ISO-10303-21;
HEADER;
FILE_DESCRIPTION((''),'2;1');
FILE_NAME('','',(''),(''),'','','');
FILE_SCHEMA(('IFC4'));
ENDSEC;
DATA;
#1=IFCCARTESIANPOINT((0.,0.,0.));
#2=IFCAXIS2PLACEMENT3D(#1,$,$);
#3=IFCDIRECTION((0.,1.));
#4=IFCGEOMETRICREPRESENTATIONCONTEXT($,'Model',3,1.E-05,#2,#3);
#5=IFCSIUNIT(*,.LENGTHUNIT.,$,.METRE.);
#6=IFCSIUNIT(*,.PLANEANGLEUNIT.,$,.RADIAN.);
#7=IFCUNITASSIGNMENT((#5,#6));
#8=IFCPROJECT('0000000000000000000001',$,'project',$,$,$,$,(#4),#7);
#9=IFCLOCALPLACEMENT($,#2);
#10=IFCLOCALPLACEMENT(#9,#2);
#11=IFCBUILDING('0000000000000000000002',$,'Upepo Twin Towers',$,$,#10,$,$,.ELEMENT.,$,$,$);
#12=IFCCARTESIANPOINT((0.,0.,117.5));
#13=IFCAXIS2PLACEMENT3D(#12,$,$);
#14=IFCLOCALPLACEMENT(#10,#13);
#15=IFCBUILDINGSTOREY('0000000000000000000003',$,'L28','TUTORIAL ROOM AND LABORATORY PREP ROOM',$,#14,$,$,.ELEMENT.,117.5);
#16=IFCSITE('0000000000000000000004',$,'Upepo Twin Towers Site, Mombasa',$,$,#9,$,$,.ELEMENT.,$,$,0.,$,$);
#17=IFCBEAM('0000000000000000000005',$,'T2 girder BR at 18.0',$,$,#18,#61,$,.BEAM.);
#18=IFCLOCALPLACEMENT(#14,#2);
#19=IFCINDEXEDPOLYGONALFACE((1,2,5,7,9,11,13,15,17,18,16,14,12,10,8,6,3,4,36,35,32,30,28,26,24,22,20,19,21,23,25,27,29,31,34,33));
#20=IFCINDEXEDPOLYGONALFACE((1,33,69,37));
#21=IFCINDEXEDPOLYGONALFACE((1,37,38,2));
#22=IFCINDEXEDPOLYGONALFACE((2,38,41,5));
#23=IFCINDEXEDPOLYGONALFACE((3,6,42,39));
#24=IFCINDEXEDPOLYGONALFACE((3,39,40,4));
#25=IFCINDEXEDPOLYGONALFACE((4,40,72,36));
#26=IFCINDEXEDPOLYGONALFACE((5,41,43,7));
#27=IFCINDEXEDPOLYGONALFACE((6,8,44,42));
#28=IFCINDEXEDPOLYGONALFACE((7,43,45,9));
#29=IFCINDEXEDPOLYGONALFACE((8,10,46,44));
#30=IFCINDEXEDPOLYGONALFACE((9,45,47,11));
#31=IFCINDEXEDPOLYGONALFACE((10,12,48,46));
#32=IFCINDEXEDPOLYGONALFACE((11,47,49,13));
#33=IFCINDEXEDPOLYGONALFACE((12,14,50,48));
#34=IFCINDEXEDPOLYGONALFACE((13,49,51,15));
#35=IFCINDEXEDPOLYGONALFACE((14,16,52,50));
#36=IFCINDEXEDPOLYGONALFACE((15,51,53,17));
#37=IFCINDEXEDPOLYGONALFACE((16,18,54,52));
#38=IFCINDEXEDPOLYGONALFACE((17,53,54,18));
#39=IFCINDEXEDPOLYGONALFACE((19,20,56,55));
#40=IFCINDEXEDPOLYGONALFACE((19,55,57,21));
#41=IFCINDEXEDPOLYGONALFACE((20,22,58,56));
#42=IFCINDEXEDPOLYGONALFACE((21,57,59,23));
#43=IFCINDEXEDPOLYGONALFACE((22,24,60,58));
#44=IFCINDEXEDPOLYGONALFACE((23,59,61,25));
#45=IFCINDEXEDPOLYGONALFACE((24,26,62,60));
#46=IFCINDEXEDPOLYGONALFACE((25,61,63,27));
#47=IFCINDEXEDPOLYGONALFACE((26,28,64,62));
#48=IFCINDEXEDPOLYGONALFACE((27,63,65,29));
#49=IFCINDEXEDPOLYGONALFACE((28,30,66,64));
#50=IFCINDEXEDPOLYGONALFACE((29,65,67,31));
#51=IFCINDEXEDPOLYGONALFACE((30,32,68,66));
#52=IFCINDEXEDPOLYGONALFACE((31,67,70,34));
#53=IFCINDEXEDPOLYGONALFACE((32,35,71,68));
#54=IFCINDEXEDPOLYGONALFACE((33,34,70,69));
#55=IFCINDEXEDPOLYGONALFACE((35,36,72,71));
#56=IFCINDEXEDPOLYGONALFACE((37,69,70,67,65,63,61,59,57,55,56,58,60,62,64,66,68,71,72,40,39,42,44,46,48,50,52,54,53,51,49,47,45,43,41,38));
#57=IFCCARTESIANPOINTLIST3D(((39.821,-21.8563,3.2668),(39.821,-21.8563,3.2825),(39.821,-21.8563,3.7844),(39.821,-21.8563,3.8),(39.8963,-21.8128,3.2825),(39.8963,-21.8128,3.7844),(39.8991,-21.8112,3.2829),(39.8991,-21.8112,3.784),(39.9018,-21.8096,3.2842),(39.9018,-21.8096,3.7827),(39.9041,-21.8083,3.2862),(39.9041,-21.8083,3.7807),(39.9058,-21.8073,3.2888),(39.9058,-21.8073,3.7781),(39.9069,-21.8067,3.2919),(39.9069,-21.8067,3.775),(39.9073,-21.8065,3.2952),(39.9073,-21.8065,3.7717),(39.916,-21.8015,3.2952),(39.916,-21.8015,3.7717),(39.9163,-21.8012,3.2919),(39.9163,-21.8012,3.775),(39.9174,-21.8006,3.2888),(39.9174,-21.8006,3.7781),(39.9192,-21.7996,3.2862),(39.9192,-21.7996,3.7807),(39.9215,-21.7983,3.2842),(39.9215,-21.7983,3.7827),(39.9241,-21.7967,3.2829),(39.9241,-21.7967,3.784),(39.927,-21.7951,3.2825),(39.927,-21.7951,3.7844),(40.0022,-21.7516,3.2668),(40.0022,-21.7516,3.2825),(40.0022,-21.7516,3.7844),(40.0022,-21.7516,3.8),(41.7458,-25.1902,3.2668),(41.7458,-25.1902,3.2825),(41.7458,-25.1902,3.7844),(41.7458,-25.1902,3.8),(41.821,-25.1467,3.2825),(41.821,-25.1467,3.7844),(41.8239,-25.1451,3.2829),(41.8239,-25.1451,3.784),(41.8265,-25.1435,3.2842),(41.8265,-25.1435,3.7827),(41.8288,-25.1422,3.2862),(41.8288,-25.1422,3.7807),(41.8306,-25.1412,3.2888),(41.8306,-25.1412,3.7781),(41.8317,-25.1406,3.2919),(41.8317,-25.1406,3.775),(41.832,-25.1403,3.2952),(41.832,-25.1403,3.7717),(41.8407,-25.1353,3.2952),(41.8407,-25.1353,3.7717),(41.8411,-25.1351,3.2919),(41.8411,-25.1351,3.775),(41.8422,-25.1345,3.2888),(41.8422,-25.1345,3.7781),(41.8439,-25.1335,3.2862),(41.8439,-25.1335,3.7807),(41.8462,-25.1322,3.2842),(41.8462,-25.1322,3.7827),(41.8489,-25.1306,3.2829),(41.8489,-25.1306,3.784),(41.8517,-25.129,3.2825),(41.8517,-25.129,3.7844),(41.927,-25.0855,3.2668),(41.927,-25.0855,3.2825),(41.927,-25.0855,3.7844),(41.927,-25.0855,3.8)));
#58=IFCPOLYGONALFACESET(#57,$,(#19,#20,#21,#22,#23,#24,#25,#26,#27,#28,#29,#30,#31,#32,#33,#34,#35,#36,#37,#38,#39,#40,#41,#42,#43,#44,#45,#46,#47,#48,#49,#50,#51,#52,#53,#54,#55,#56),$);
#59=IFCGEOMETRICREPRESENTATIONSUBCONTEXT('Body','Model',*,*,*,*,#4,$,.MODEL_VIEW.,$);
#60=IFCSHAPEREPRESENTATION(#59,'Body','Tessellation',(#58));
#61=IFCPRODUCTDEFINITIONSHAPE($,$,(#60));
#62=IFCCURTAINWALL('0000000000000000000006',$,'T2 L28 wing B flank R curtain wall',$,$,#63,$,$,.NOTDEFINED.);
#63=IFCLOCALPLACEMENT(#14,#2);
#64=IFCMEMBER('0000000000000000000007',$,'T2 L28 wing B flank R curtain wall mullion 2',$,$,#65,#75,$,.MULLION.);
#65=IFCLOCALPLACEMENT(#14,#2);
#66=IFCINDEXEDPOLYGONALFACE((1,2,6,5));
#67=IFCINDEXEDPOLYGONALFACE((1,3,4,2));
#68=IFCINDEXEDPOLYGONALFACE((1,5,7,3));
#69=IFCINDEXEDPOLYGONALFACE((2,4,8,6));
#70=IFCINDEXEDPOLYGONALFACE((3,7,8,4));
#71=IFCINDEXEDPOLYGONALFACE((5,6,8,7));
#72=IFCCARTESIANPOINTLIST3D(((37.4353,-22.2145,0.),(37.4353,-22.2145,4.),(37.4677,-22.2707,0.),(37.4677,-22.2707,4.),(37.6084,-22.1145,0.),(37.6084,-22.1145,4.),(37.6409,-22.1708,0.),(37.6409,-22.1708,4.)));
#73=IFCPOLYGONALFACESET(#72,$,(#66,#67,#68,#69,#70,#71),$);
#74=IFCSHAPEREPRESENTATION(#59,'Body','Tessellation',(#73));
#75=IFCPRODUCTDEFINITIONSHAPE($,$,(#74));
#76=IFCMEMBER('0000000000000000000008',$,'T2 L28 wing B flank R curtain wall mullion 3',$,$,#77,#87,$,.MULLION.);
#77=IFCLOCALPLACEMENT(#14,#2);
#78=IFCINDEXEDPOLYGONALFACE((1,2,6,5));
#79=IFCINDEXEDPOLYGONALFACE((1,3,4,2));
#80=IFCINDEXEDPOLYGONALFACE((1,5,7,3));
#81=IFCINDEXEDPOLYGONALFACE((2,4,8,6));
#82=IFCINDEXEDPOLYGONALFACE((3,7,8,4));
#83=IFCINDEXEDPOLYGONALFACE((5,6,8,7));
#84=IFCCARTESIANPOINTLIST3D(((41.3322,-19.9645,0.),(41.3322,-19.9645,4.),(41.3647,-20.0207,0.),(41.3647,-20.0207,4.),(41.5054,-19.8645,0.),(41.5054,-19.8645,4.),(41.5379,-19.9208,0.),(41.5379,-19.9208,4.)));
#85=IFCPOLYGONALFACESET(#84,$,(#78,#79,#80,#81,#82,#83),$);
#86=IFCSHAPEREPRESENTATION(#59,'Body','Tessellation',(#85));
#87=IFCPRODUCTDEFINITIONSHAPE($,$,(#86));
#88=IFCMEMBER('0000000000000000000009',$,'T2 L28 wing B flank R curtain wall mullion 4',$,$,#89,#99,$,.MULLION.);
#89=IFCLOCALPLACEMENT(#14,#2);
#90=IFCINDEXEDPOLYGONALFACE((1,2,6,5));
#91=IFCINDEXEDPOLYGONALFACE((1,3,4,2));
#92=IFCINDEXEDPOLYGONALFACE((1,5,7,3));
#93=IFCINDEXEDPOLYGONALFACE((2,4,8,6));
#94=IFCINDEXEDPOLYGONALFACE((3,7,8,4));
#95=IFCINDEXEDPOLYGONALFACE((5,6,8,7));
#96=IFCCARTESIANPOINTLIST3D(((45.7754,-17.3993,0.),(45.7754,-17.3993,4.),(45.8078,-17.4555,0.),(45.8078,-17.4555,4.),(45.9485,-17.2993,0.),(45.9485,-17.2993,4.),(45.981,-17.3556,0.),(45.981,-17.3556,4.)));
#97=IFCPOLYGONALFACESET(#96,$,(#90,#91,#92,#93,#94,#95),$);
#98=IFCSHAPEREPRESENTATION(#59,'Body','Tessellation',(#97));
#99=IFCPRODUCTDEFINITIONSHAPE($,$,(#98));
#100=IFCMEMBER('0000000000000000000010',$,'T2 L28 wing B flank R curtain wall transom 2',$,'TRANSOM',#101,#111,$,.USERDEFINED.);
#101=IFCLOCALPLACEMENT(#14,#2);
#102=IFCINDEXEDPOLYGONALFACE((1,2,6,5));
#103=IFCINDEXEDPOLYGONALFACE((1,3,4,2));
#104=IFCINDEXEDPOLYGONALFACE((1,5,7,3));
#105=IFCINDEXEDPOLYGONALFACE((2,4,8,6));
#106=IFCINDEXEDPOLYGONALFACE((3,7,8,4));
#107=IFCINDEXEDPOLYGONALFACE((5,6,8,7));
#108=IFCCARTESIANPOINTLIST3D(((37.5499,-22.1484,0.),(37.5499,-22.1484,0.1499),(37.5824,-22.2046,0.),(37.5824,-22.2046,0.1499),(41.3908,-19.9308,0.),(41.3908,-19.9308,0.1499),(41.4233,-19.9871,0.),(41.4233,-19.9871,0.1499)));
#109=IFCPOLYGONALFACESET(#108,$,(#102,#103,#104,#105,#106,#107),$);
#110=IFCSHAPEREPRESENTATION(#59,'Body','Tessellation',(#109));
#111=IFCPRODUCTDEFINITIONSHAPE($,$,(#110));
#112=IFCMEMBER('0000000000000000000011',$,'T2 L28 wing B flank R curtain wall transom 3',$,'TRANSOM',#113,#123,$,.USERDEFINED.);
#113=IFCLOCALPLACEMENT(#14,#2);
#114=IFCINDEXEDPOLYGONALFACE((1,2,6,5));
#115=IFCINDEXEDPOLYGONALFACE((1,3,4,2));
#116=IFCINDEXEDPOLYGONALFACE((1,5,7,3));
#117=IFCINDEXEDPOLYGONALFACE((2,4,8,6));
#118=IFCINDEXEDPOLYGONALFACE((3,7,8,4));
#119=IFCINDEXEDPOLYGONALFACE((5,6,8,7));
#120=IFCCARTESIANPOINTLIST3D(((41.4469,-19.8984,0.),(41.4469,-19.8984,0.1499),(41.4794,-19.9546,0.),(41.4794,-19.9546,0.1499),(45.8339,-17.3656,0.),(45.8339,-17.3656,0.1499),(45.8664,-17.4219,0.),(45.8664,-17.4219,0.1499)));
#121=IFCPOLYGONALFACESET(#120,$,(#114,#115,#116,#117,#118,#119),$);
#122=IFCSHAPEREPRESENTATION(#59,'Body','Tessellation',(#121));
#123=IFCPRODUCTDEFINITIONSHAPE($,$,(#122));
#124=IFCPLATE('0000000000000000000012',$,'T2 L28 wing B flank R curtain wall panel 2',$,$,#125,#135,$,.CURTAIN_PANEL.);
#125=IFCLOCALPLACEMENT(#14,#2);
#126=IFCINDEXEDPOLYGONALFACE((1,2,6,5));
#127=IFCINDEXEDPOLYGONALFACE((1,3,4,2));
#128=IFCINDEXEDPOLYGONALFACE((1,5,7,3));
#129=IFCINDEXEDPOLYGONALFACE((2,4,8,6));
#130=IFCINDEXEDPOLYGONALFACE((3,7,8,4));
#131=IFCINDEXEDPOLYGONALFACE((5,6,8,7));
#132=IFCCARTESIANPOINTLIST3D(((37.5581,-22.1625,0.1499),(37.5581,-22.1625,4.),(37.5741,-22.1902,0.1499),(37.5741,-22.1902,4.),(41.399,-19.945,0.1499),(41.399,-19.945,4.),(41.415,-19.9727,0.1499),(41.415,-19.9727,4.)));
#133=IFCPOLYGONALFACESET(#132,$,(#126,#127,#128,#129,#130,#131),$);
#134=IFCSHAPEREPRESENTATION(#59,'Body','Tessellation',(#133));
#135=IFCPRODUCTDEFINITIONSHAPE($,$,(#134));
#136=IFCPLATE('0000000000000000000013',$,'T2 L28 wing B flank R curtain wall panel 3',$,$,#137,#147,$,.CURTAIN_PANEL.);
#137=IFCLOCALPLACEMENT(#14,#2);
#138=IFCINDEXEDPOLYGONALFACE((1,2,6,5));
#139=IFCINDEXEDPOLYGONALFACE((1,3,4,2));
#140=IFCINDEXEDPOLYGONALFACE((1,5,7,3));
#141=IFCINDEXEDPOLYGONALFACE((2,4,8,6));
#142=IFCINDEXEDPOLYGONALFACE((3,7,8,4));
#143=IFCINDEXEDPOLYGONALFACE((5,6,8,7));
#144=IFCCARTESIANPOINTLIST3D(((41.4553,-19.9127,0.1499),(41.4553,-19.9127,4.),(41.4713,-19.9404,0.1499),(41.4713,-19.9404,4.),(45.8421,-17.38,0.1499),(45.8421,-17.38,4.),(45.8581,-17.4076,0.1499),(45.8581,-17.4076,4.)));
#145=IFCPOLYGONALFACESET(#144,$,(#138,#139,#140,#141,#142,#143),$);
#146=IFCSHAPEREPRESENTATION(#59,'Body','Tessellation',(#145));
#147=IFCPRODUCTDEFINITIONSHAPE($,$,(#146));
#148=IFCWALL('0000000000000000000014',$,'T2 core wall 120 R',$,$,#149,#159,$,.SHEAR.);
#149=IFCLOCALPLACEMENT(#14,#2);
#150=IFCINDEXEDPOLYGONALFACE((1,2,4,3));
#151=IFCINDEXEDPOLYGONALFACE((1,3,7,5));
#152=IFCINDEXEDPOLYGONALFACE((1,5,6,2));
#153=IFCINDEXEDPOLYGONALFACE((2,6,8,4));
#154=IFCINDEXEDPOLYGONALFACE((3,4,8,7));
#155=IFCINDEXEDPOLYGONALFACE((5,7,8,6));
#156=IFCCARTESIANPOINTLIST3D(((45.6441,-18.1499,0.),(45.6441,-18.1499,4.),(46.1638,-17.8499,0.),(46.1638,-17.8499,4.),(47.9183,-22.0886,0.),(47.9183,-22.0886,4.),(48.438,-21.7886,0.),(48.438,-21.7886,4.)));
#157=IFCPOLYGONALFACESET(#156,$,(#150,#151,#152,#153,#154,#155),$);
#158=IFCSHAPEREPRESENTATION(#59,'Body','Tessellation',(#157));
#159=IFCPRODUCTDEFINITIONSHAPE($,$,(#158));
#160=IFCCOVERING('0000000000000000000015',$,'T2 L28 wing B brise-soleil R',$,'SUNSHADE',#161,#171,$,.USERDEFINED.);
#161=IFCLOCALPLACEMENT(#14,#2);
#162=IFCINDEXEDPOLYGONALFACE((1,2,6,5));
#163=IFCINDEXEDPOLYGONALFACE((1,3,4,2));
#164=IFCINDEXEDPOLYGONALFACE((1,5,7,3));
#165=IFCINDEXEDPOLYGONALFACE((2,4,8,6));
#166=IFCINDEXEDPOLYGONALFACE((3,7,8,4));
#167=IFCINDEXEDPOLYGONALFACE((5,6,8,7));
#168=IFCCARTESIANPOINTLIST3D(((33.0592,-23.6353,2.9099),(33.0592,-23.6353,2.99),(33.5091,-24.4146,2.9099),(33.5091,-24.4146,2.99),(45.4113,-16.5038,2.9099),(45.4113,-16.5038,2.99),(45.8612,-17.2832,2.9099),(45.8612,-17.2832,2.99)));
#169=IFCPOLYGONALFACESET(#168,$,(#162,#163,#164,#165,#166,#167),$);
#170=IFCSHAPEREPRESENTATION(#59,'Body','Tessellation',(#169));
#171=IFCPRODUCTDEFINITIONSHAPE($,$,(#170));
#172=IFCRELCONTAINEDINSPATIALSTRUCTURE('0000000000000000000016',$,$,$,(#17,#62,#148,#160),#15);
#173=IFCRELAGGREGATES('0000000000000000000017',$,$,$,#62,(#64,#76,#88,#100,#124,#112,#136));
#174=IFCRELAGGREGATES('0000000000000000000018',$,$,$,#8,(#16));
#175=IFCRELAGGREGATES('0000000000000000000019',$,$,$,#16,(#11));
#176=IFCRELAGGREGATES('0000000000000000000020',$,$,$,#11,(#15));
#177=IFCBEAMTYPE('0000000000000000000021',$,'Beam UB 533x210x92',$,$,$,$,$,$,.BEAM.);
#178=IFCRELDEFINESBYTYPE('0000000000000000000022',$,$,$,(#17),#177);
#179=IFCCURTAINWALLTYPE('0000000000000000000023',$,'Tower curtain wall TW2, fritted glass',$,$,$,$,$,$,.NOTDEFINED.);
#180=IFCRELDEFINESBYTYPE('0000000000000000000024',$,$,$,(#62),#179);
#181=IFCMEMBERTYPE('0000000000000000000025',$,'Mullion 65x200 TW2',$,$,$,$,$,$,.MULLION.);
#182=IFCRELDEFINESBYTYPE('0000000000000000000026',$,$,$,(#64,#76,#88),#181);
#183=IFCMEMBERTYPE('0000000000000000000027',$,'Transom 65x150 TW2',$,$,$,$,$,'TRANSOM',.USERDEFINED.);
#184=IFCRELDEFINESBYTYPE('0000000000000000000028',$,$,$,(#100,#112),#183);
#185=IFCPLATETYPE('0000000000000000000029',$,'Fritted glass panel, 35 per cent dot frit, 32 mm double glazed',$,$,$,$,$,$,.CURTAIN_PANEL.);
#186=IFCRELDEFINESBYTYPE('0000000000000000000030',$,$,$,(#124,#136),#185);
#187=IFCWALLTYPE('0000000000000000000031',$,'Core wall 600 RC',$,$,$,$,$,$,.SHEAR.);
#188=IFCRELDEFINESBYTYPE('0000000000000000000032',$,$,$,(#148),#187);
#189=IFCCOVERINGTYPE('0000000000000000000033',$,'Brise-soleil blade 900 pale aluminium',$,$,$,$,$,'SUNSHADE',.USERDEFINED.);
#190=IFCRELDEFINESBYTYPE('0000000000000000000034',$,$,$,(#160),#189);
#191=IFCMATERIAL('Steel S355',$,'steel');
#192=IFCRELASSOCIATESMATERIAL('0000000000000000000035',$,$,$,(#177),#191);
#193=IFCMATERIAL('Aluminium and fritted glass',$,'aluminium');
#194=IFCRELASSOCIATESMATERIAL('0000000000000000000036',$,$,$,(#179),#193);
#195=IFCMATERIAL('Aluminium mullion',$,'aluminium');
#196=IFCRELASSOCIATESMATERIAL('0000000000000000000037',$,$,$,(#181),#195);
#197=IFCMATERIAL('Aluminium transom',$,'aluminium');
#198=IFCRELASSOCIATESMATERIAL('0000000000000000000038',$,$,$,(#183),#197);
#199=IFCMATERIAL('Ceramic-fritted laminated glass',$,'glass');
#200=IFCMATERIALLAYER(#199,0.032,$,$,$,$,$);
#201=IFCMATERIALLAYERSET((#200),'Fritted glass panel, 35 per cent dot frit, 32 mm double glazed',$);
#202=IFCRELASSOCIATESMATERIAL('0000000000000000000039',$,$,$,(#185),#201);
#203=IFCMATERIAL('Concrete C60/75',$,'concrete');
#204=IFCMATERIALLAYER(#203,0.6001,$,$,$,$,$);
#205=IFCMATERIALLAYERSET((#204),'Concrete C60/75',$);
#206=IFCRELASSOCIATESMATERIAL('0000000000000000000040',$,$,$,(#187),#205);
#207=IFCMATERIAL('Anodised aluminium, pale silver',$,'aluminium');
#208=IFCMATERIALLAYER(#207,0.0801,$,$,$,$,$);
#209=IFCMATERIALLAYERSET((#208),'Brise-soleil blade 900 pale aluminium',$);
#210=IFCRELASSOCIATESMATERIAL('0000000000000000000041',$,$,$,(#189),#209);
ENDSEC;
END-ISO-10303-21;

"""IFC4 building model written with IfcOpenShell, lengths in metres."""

from ifc_helpers import new_model, si_unit, direction, frame, frame_2d, origin, origin_2d, place, context, subcontext, project, spatial, rectangle, i_section, extrude, material, layer, layer_set, material_profile, profile_set, type_object, element, aggregate, save


model = new_model("IFC4")

# Units and contexts
model_context = context("Model", 3, precision=1e-05, world=origin(), true_north=direction((0.0, 1.0)))
body_context = subcontext(model_context, "Body", "Model", "MODEL_VIEW")
ifc_project = project(units=[si_unit("LENGTHUNIT", "METRE"), si_unit("PLANEANGLEUNIT", "RADIAN")], contexts=[model_context])

# Site, building, storey
site_placement = place(None, origin())
site = spatial("IfcSite", under=ifc_project, at=site_placement, Name="Upepo Twin Towers Site, Mombasa", CompositionType="ELEMENT", RefElevation=0.0)
building_placement = place(site_placement, origin())
building = spatial("IfcBuilding", under=site, at=building_placement, Name="Upepo Twin Towers", CompositionType="ELEMENT")
storey_placement = place(building_placement, frame((0.0, 0.0, 117.5)))
storey = spatial("IfcBuildingStorey", under=building, at=storey_placement, Name="L28", Description="TUTORIAL ROOM AND LABORATORY PREP ROOM", CompositionType="ELEMENT", Elevation=117.5)

# Beam
ifc_material_1 = material(Name="Steel S355", Category="steel")
ifc_material_profile_1 = material_profile(ifc_material_1, i_section(OverallWidth=0.2092, OverallDepth=0.5332, WebThickness=0.01, FlangeThickness=0.0156, FilletRadius=0.0127, at=origin_2d()), Name="UB 533x210x92")
ifc_profile_set_1 = profile_set([ifc_material_profile_1], Name="Steel S355")
beam_type_1 = type_object("IfcBeamType", Name="Beam UB 533x210x92", PredefinedType="BEAM", material=ifc_profile_set_1)
beam_1_placement = place(storey_placement, frame((39.9116, -21.804, 3.5334), z_axis=(0.499986, -0.866034, 0.0), x_axis=(0.866034, 0.499986, 0.0)))
element("IfcBeam", 1, at=beam_1_placement, inside=storey, type_object=beam_type_1, Name="T2 girder BR at 18.0", PredefinedType="BEAM", context=body_context, shape_type="SweptSolid", body=[
    extrude(i_section(OverallWidth=0.2092, OverallDepth=0.5332, WebThickness=0.01, FlangeThickness=0.0156, FilletRadius=0.0127, at=origin_2d()), origin(), (0.0, 0.0, 1.0), 3.8496),
])

# Curtain wall, members, plates
ifc_material_2 = material(Name="Aluminium and fritted glass", Category="aluminium")
curtain_wall_type = type_object("IfcCurtainWallType", Name="Tower curtain wall TW2, fritted glass", PredefinedType="NOTDEFINED", material=ifc_material_2)
curtain_wall_placement = place(storey_placement, origin())
curtain_wall = element("IfcCurtainWall", 2, at=curtain_wall_placement, inside=storey, type_object=curtain_wall_type, Name="T2 L28 wing B flank R curtain wall", PredefinedType="NOTDEFINED")
ifc_material_3 = material(Name="Aluminium mullion", Category="aluminium")
ifc_material_profile_2 = material_profile(ifc_material_3, rectangle(XDim=0.0649, YDim=0.2, at=origin_2d()), Name="MULLION 65x200")
ifc_profile_set_2 = profile_set([ifc_material_profile_2], Name="Aluminium mullion")
member_type_1 = type_object("IfcMemberType", Name="Mullion 65x200 TW2", PredefinedType="MULLION", material=ifc_profile_set_2)
member_1_placement = place(storey_placement, frame((37.5381, -22.1926, 0.0), z_axis=(0.0, 0.0, 1.0), x_axis=(-0.5, 0.866025, 0.0)))
member_1 = element("IfcMember", 3, at=member_1_placement, type_object=member_type_1, Name="T2 L28 wing B flank R curtain wall mullion 2", PredefinedType="MULLION", context=body_context, shape_type="SweptSolid", body=[
    extrude(rectangle(XDim=0.0649, YDim=0.2, at=origin_2d()), origin(), (0.0, 0.0, 1.0), 4.0),
])
member_2_placement = place(storey_placement, frame((41.4351, -19.9426, 0.0), z_axis=(0.0, 0.0, 1.0), x_axis=(-0.5, 0.866025, 0.0)))
member_2 = element("IfcMember", 4, at=member_2_placement, type_object=member_type_1, Name="T2 L28 wing B flank R curtain wall mullion 3", PredefinedType="MULLION", context=body_context, shape_type="SweptSolid", body=[
    extrude(rectangle(XDim=0.0649, YDim=0.2, at=origin_2d()), origin(), (0.0, 0.0, 1.0), 4.0),
])
member_3_placement = place(storey_placement, frame((45.8782, -17.3774, 0.0), z_axis=(0.0, 0.0, 1.0), x_axis=(-0.5, 0.866025, 0.0)))
member_3 = element("IfcMember", 5, at=member_3_placement, type_object=member_type_1, Name="T2 L28 wing B flank R curtain wall mullion 4", PredefinedType="MULLION", context=body_context, shape_type="SweptSolid", body=[
    extrude(rectangle(XDim=0.0649, YDim=0.2, at=origin_2d()), origin(), (0.0, 0.0, 1.0), 4.0),
])
ifc_material_4 = material(Name="Aluminium transom", Category="aluminium")
ifc_material_profile_3 = material_profile(ifc_material_4, rectangle(XDim=0.0649, YDim=0.1499, at=origin_2d()), Name="TRANSOM 65x150")
ifc_profile_set_3 = profile_set([ifc_material_profile_3], Name="Aluminium transom")
member_type_2 = type_object("IfcMemberType", Name="Transom 65x150 TW2", ElementType="TRANSOM", PredefinedType="USERDEFINED", material=ifc_profile_set_3)
member_4_placement = place(storey_placement, frame((37.5662, -22.1765, 0.075), z_axis=(0.866022, 0.500005, 0.0), x_axis=(-0.500005, 0.866022, 0.0)))
member_4 = element("IfcMember", 6, at=member_4_placement, type_object=member_type_2, Name="T2 L28 wing B flank R curtain wall transom 2", ObjectType="TRANSOM", PredefinedType="USERDEFINED", context=body_context, shape_type="SweptSolid", body=[
    extrude(rectangle(XDim=0.0649, YDim=0.1499, at=origin_2d()), origin(), (0.0, 0.0, 1.0), 4.4351),
])
member_5_placement = place(storey_placement, frame((41.4631, -19.9265, 0.075), z_axis=(0.866034, 0.499985, 0.0), x_axis=(-0.499985, 0.866034, 0.0)))
member_5 = element("IfcMember", 7, at=member_5_placement, type_object=member_type_2, Name="T2 L28 wing B flank R curtain wall transom 3", ObjectType="TRANSOM", PredefinedType="USERDEFINED", context=body_context, shape_type="SweptSolid", body=[
    extrude(rectangle(XDim=0.0649, YDim=0.1499, at=origin_2d()), origin(), (0.0, 0.0, 1.0), 5.0657),
])
ifc_material_5 = material(Name="Ceramic-fritted laminated glass", Category="glass")
ifc_layer_1 = layer(ifc_material_5, 0.032)
ifc_layer_set_1 = layer_set([ifc_layer_1], Name="Fritted glass panel, 35 per cent dot frit, 32 mm double glazed")
plate_type = type_object("IfcPlateType", Name="Fritted glass panel, 35 per cent dot frit, 32 mm double glazed", PredefinedType="CURTAIN_PANEL", material=ifc_layer_set_1)
plate_1_placement = place(storey_placement, frame((39.4866, -21.0676, 0.1499), z_axis=(0.0, 0.0, 1.0), x_axis=(0.866025, 0.5, 0.0)))
plate_1 = element("IfcPlate", 8, at=plate_1_placement, type_object=plate_type, Name="T2 L28 wing B flank R curtain wall panel 2", PredefinedType="CURTAIN_PANEL", context=body_context, shape_type="SweptSolid", body=[
    extrude(rectangle(XDim=4.4351, YDim=0.032, at=origin_2d()), origin(), (0.0, 0.0, 1.0), 3.8501),
])
plate_2_placement = place(storey_placement, frame((43.6567, -18.6602, 0.1499), z_axis=(0.0, 0.0, 1.0), x_axis=(0.866025, 0.5, 0.0)))
plate_2 = element("IfcPlate", 9, at=plate_2_placement, type_object=plate_type, Name="T2 L28 wing B flank R curtain wall panel 3", PredefinedType="CURTAIN_PANEL", context=body_context, shape_type="SweptSolid", body=[
    extrude(rectangle(XDim=5.0654, YDim=0.032, at=origin_2d()), origin(), (0.0, 0.0, 1.0), 3.8501),
])
aggregate(curtain_wall, [member_1, member_2, member_3, member_4, plate_1, member_5, plate_2])

# Wall
ifc_material_6 = material(Name="Concrete C60/75", Category="concrete")
ifc_layer_2 = layer(ifc_material_6, 0.6001)
ifc_layer_set_2 = layer_set([ifc_layer_2], Name="Concrete C60/75")
wall_type = type_object("IfcWallType", Name="Core wall 600 RC", PredefinedType="SHEAR", material=ifc_layer_set_2)
wall_placement = place(storey_placement, frame((45.9041, -18.0, 0.0), z_axis=(0.0, 0.0, 1.0), x_axis=(0.500024, -0.866011, 0.0)))
element("IfcWall", 10, at=wall_placement, inside=storey, type_object=wall_type, Name="T2 core wall 120 R", PredefinedType="SHEAR", context=body_context, shape_type="SweptSolid", body=[
    extrude(rectangle(XDim=4.5481, YDim=0.6001, at=frame_2d((2.2739, 0.0))), origin(), (0.0, 0.0, 1.0), 4.0),
])

# Covering
ifc_material_7 = material(Name="Anodised aluminium, pale silver", Category="aluminium")
ifc_layer_3 = layer(ifc_material_7, 0.0801)
ifc_layer_set_3 = layer_set([ifc_layer_3], Name="Brise-soleil blade 900 pale aluminium")
covering_type = type_object("IfcCoveringType", Name="Brise-soleil blade 900 pale aluminium", ElementType="SUNSHADE", PredefinedType="USERDEFINED", material=ifc_layer_set_3)
covering_placement = place(storey_placement, frame((39.4602, -20.4592, 2.9099), z_axis=(0.0, 0.0, 1.0), x_axis=(-0.866025, -0.5, 0.0)))
element("IfcCovering", 11, at=covering_placement, inside=storey, type_object=covering_type, Name="T2 L28 wing B brise-soleil R", ObjectType="SUNSHADE", PredefinedType="USERDEFINED", context=body_context, shape_type="SweptSolid", body=[
    extrude(rectangle(XDim=14.2629, YDim=0.8999, at=origin_2d()), origin(), (0.0, 0.0, 1.0), 0.0801),
])

save(model, "model.ifc")
